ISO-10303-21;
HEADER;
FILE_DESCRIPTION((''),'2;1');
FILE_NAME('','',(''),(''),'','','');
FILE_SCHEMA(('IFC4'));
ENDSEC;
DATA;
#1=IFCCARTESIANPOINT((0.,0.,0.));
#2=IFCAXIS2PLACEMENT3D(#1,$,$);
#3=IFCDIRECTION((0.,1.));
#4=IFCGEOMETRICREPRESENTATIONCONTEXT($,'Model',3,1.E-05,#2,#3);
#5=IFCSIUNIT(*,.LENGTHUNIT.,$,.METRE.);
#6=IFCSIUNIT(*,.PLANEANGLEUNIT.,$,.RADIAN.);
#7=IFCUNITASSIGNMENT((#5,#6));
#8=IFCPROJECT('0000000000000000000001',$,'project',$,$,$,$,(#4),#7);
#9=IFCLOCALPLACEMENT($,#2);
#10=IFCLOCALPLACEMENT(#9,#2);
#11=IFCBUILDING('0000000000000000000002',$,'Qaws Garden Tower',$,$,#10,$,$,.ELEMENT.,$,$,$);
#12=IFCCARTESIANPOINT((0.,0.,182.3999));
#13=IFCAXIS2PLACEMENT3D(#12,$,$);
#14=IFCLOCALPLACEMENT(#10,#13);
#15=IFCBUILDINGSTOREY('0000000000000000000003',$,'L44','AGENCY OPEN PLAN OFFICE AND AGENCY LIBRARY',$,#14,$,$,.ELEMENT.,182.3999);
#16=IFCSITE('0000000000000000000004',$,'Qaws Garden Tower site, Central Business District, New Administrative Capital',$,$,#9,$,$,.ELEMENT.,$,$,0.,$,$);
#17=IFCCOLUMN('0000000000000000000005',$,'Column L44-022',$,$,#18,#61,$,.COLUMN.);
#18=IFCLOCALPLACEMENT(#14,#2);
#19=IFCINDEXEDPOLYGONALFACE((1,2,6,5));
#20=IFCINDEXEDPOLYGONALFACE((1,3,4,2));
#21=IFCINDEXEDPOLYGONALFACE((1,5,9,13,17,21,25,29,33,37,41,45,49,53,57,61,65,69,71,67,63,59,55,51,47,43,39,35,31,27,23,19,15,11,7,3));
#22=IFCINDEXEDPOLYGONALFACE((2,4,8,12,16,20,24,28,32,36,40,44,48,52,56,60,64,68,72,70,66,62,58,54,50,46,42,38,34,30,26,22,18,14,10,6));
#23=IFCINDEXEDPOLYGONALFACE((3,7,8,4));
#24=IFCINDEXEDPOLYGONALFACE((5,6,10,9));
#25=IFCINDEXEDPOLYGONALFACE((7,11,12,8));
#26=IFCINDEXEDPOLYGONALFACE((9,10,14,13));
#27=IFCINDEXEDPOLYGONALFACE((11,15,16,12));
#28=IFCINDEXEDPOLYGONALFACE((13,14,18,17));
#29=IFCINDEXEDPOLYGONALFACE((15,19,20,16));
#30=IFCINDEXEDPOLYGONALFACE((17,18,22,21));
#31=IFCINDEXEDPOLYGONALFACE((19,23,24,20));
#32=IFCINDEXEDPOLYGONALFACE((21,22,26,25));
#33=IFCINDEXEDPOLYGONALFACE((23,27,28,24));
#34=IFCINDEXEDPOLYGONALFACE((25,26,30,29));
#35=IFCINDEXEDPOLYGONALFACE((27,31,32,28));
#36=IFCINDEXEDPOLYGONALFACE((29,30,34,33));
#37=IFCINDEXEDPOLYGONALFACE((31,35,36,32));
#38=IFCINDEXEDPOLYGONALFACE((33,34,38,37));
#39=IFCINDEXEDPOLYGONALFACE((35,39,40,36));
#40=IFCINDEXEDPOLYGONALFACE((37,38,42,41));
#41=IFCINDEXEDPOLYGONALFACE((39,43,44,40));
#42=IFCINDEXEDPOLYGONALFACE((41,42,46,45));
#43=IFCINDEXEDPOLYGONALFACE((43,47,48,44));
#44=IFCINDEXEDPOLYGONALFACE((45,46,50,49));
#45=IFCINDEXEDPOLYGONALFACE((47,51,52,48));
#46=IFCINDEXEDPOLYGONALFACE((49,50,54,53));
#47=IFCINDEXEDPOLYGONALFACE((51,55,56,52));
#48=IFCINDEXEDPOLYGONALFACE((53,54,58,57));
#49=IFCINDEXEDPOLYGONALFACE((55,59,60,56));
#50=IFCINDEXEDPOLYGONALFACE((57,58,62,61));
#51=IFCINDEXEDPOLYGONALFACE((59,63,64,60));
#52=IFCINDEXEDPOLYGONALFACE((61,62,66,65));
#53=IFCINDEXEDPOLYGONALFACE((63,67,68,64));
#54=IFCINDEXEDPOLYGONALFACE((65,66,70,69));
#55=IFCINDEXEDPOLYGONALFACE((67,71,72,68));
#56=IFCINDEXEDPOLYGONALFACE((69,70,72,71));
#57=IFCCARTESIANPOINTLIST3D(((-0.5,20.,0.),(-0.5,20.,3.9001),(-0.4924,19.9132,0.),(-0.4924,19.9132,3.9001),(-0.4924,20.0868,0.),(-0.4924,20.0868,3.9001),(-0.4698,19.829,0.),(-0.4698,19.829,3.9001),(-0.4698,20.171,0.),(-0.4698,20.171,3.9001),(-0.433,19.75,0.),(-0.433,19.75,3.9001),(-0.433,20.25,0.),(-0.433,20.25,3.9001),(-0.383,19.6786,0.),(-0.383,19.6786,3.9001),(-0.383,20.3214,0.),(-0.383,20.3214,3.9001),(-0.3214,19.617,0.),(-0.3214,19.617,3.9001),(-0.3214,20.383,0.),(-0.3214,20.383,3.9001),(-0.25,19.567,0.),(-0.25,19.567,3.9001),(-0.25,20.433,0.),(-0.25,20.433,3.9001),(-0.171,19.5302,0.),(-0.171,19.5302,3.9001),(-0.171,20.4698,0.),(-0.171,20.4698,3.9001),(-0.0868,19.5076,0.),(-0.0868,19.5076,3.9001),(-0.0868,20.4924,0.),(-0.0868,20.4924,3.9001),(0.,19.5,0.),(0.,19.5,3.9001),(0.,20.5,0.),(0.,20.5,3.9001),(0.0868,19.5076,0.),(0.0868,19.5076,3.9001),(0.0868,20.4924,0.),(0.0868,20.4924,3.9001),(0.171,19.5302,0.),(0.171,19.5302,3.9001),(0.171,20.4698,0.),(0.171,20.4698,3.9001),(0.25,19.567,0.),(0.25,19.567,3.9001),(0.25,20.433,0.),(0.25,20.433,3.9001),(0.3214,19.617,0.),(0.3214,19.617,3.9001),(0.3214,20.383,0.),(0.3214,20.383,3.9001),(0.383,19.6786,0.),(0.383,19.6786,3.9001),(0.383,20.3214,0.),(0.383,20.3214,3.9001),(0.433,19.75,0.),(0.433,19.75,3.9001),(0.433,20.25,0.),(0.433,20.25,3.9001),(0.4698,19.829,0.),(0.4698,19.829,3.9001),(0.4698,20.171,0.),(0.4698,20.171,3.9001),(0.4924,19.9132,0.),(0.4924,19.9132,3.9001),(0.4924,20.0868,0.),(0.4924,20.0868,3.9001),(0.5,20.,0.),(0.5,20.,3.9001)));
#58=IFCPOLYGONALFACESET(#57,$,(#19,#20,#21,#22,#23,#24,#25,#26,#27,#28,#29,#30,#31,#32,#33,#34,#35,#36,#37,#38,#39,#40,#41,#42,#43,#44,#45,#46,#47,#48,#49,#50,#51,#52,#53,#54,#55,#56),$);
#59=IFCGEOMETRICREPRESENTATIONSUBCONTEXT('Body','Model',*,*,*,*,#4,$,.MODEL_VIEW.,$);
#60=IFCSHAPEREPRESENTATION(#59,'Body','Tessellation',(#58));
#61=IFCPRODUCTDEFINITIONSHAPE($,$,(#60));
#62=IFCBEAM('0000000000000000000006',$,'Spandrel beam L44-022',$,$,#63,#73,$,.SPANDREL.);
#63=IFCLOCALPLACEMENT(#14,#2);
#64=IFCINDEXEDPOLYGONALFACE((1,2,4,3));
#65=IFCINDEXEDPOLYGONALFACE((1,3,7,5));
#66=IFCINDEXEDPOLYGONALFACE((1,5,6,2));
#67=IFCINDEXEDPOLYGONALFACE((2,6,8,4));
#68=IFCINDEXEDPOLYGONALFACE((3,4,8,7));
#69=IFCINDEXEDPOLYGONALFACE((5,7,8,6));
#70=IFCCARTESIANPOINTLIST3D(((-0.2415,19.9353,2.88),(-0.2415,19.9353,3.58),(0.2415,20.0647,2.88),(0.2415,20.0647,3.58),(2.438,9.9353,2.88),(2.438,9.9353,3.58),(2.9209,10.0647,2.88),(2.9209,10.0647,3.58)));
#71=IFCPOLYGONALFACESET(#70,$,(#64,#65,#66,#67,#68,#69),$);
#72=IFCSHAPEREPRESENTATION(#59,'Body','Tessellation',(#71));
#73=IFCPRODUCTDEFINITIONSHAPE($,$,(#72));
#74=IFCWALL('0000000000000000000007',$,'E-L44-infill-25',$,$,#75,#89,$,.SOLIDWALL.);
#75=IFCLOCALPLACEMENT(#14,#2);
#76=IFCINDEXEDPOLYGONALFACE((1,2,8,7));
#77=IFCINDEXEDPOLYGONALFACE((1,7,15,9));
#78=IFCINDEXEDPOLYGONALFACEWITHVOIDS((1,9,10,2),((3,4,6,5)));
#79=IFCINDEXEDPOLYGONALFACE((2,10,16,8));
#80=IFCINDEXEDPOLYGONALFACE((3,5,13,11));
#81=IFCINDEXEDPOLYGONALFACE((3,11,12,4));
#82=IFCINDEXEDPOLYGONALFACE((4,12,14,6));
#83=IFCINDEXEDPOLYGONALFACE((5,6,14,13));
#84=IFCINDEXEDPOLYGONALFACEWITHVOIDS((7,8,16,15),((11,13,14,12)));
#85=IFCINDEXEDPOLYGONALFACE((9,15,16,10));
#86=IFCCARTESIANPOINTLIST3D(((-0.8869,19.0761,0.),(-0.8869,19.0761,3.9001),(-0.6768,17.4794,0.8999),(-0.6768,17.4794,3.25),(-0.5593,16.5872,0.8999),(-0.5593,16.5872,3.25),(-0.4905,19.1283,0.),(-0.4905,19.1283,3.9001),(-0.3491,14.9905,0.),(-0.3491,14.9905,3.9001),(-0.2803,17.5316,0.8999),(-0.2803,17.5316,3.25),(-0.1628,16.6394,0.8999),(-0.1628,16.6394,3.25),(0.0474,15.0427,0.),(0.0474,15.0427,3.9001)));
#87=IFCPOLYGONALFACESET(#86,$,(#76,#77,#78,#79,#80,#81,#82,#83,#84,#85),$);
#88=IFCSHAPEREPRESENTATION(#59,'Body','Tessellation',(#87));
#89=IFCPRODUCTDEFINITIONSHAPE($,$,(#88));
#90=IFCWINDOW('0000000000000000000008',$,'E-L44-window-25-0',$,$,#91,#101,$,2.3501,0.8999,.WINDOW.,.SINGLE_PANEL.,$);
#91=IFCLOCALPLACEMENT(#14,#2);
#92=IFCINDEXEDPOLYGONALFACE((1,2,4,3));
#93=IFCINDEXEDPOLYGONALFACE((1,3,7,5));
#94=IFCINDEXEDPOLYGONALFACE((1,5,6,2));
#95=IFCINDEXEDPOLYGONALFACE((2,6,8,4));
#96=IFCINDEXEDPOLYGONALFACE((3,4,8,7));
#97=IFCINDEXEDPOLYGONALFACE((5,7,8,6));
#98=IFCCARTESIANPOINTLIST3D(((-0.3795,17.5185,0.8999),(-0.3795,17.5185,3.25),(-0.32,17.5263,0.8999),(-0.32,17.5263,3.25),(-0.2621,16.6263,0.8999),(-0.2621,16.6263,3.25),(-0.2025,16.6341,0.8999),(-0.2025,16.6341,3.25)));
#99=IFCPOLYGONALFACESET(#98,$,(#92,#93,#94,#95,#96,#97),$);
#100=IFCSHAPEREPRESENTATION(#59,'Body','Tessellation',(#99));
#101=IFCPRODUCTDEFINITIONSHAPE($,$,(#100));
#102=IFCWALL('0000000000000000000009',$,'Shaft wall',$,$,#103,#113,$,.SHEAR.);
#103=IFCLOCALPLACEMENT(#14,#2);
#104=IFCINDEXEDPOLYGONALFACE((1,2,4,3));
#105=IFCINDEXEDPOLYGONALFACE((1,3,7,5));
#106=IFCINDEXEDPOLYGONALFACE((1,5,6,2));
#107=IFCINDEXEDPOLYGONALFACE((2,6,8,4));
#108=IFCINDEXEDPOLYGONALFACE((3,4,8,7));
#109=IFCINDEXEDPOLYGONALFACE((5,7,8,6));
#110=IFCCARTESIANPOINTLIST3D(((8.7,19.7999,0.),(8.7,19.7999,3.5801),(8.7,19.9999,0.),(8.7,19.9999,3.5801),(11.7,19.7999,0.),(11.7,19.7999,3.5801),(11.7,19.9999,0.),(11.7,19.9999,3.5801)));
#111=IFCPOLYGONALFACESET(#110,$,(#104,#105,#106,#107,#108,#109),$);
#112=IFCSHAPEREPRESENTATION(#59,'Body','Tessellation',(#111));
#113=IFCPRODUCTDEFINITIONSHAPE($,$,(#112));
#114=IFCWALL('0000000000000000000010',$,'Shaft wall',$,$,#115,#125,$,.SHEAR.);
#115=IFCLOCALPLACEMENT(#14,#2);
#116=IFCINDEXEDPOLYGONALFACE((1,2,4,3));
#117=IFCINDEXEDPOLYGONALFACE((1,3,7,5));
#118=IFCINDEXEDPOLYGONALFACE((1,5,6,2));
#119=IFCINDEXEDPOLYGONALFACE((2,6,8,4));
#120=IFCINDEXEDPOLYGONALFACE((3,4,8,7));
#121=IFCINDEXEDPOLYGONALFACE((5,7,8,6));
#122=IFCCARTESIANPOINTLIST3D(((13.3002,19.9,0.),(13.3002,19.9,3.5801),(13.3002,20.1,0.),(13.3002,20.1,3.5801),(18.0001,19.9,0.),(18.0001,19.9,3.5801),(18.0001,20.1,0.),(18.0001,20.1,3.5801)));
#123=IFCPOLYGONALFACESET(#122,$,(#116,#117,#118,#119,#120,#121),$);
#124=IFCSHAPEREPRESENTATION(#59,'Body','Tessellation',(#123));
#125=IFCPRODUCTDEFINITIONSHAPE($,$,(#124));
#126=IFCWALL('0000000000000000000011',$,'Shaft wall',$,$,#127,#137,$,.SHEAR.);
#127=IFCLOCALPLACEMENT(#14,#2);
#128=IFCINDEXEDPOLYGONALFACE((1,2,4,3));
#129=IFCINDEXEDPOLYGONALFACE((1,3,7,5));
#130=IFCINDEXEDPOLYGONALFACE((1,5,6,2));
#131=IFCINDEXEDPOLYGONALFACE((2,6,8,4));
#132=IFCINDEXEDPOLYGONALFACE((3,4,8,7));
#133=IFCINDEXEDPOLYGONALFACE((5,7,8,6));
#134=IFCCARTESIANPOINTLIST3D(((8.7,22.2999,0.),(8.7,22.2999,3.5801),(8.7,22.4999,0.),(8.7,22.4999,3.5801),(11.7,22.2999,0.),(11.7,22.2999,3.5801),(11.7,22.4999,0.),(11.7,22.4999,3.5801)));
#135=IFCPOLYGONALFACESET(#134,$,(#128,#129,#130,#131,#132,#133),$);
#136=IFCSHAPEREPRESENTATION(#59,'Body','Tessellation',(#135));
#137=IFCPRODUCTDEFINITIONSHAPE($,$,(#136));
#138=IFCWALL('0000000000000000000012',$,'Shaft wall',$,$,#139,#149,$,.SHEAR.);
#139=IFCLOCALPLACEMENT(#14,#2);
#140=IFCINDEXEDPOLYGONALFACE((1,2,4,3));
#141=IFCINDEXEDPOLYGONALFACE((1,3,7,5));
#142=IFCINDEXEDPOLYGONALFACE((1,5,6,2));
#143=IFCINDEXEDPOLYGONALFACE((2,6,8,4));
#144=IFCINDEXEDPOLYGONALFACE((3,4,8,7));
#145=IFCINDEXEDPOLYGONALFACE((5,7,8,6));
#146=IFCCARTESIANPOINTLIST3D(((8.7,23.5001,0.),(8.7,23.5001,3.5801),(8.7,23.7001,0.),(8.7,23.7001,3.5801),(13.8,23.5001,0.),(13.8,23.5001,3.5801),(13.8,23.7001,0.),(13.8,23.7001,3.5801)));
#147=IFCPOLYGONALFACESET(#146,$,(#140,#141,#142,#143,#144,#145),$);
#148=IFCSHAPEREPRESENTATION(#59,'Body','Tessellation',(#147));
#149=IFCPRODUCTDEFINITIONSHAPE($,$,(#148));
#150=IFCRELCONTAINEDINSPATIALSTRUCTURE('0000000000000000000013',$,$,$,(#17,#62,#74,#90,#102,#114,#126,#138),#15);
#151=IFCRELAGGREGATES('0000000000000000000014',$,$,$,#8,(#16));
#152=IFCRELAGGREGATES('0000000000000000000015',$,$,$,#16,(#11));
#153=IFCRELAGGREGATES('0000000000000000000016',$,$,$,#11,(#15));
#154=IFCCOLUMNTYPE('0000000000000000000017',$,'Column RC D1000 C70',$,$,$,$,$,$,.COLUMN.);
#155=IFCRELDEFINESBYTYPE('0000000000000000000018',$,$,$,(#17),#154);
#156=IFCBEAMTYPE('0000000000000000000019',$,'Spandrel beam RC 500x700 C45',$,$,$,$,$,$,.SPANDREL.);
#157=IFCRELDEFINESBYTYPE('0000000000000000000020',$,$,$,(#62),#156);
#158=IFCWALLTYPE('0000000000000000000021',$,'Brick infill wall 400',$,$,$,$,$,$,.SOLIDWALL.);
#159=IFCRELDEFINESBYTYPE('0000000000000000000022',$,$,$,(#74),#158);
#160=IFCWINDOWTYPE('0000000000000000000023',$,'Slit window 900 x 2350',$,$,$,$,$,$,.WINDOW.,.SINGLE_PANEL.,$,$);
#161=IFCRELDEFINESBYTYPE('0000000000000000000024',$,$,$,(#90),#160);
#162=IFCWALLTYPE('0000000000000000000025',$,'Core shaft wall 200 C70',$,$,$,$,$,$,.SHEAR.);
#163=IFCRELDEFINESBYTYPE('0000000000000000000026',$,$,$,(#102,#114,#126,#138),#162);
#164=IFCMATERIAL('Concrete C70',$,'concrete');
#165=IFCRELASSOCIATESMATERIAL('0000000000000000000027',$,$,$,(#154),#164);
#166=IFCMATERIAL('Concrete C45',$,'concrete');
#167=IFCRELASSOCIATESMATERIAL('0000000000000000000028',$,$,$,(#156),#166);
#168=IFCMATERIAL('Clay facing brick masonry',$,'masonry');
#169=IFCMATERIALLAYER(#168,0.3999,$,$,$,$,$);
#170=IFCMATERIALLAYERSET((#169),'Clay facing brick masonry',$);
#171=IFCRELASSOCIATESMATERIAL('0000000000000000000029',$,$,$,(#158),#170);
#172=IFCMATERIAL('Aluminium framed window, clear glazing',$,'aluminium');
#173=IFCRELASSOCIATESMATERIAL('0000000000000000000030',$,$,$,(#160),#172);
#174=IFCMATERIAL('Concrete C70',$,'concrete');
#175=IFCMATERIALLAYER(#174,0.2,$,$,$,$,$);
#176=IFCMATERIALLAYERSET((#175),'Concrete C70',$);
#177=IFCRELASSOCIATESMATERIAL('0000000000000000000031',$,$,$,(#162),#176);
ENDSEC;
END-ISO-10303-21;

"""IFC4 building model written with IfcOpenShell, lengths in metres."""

from ifc_helpers import new_model, si_unit, direction, frame, frame_2d, origin, origin_2d, place, context, subcontext, project, spatial, rectangle, circle, extrude, material, layer, layer_set, material_profile, profile_set, type_object, element, fill, save


model = new_model("IFC4")

# Units and contexts
model_context = context("Model", 3, precision=1e-05, world=origin(), true_north=direction((0.0, 1.0)))
body_context = subcontext(model_context, "Body", "Model", "MODEL_VIEW")
ifc_project = project(units=[si_unit("LENGTHUNIT", "METRE"), si_unit("PLANEANGLEUNIT", "RADIAN")], contexts=[model_context])

# Site, building, storey
site_placement = place(None, origin())
site = spatial("IfcSite", under=ifc_project, at=site_placement, Name="Qaws Garden Tower site, Central Business District, New Administrative Capital", CompositionType="ELEMENT", RefElevation=0.0)
building_placement = place(site_placement, origin())
building = spatial("IfcBuilding", under=site, at=building_placement, Name="Qaws Garden Tower", CompositionType="ELEMENT")
storey_placement = place(building_placement, frame((0.0, 0.0, 182.3999)))
storey = spatial("IfcBuildingStorey", under=building, at=storey_placement, Name="L44", Description="AGENCY OPEN PLAN OFFICE AND AGENCY LIBRARY", CompositionType="ELEMENT", Elevation=182.3999)

# Column
ifc_material_1 = material(Name="Concrete C70", Category="concrete")
ifc_material_profile_1 = material_profile(ifc_material_1, circle(Radius=0.5, at=origin_2d()), Name="RC D1000")
ifc_profile_set_1 = profile_set([ifc_material_profile_1], Name="Concrete C70")
column_type = type_object("IfcColumnType", Name="Column RC D1000 C70", PredefinedType="COLUMN", material=ifc_profile_set_1)
column_placement = place(storey_placement, frame((0.0, 20.0, 0.0), z_axis=(0.0, 0.0, 1.0), x_axis=(1.0, 0.0, 0.0)))
element("IfcColumn", 1, at=column_placement, inside=storey, type_object=column_type, Name="Column L44-022", PredefinedType="COLUMN", context=body_context, shape_type="SweptSolid", body=[
    extrude(circle(Radius=0.5, at=origin_2d()), origin(), (0.0, 0.0, 1.0), 3.9001),
])

# Beam
ifc_material_2 = material(Name="Concrete C45", Category="concrete")
ifc_material_profile_2 = material_profile(ifc_material_2, rectangle(XDim=0.5, YDim=0.7, at=origin_2d()), Name="RC 500x700")
ifc_profile_set_2 = profile_set([ifc_material_profile_2], Name="Concrete C45")
beam_type = type_object("IfcBeamType", Name="Spandrel beam RC 500x700 C45", PredefinedType="SPANDREL", material=ifc_profile_set_2)
beam_placement = place(storey_placement, frame((0.0, 20.0, 3.23), z_axis=(0.258815, -0.965927, 0.0), x_axis=(0.965927, 0.258815, 0.0)))
element("IfcBeam", 2, at=beam_placement, inside=storey, type_object=beam_type, Name="Spandrel beam L44-022", PredefinedType="SPANDREL", context=body_context, shape_type="SweptSolid", body=[
    extrude(rectangle(XDim=0.5, YDim=0.7, at=origin_2d()), origin(), (0.0, 0.0, 1.0), 10.3528),
])

# Wall, opening, window
ifc_material_3 = material(Name="Clay facing brick masonry", Category="masonry")
ifc_layer_1 = layer(ifc_material_3, 0.3999)
ifc_layer_set_1 = layer_set([ifc_layer_1], Name="Clay facing brick masonry")
wall_type_1 = type_object("IfcWallType", Name="Brick infill wall 400", PredefinedType="SOLIDWALL", material=ifc_layer_set_1)
wall_1_placement = place(storey_placement, frame((-0.6887, 19.1023, 0.0), z_axis=(0.0, 0.0, 1.0), x_axis=(0.130514, -0.991446, 0.0)))
wall_1 = element("IfcWall", 3, at=wall_1_placement, inside=storey, type_object=wall_type_1, Name="E-L44-infill-25", PredefinedType="SOLIDWALL", context=body_context, shape_type="SweptSolid", body=[
    extrude(rectangle(XDim=4.1208, YDim=0.3999, at=frame_2d((2.0605, 0.0))), origin(), (0.0, 0.0, 1.0), 3.9001),
])
opening_1_placement = place(wall_1_placement, frame((1.6106, 0.0, 0.8999)))
opening_1 = element("IfcOpeningElement", 4, at=opening_1_placement, cuts=wall_1, PredefinedType="OPENING", context=body_context, shape_type="SweptSolid", body=[
    extrude(rectangle(XDim=0.8999, YDim=2.3501, at=frame_2d((0.45, 1.175))), frame((0.0, 0.21, 0.0), z_axis=(0.0, -1.0, 0.0), x_axis=(1.0, 0.0, 0.0)), (0.0, 0.0, 1.0), 0.4199),
])
ifc_material_4 = material(Name="Aluminium framed window, clear glazing", Category="aluminium")
window_type = type_object("IfcWindowType", Name="Slit window 900 x 2350", PartitioningType="SINGLE_PANEL", PredefinedType="WINDOW", material=ifc_material_4)
window_placement = place(opening_1_placement, origin())
window = element("IfcWindow", 5, at=window_placement, inside=storey, type_object=window_type, Name="E-L44-window-25-0", OverallHeight=2.3501, OverallWidth=0.8999, PartitioningType="SINGLE_PANEL", PredefinedType="WINDOW", context=body_context, shape_type="SweptSolid", body=[
    extrude(rectangle(XDim=0.8999, YDim=2.3501, at=frame_2d((0.45, 1.175))), frame((0.0, 0.1599, 0.0), z_axis=(0.0, -1.0, 0.0), x_axis=(1.0, 0.0, 0.0)), (0.0, 0.0, 1.0), 0.0601),
])
fill(opening_1, window)

# Walls
ifc_material_5 = material(Name="Concrete C70", Category="concrete")
ifc_layer_2 = layer(ifc_material_5, 0.2)
ifc_layer_set_2 = layer_set([ifc_layer_2], Name="Concrete C70")
wall_type_2 = type_object("IfcWallType", Name="Core shaft wall 200 C70", PredefinedType="SHEAR", material=ifc_layer_set_2)
wall_2_placement = place(storey_placement, frame((8.7, 19.8999, 0.0), z_axis=(0.0, 0.0, 1.0), x_axis=(1.0, 0.0, 0.0)))
element("IfcWall", 6, at=wall_2_placement, inside=storey, type_object=wall_type_2, Name="Shaft wall", PredefinedType="SHEAR", context=body_context, shape_type="SweptSolid", body=[
    extrude(rectangle(XDim=3.0, YDim=0.2, at=frame_2d((1.5, 0.0))), origin(), (0.0, 0.0, 1.0), 3.5801),
])
wall_3_placement = place(storey_placement, frame((13.3, 20.0, 0.0), z_axis=(0.0, 0.0, 1.0), x_axis=(1.0, 0.0, 0.0)))
element("IfcWall", 7, at=wall_3_placement, inside=storey, type_object=wall_type_2, Name="Shaft wall", PredefinedType="SHEAR", context=body_context, shape_type="SweptSolid", body=[
    extrude(rectangle(XDim=4.7, YDim=0.2, at=frame_2d((2.3501, 0.0))), origin(), (0.0, 0.0, 1.0), 3.5801),
])
wall_4_placement = place(storey_placement, frame((8.7, 22.3999, 0.0), z_axis=(0.0, 0.0, 1.0), x_axis=(1.0, 0.0, 0.0)))
element("IfcWall", 8, at=wall_4_placement, inside=storey, type_object=wall_type_2, Name="Shaft wall", PredefinedType="SHEAR", context=body_context, shape_type="SweptSolid", body=[
    extrude(rectangle(XDim=3.0, YDim=0.2, at=frame_2d((1.5, 0.0))), origin(), (0.0, 0.0, 1.0), 3.5801),
])
wall_5_placement = place(storey_placement, frame((8.7, 23.6001, 0.0), z_axis=(0.0, 0.0, 1.0), x_axis=(1.0, 0.0, 0.0)))
element("IfcWall", 9, at=wall_5_placement, inside=storey, type_object=wall_type_2, Name="Shaft wall", PredefinedType="SHEAR", context=body_context, shape_type="SweptSolid", body=[
    extrude(rectangle(XDim=5.1001, YDim=0.2, at=frame_2d((2.55, 0.0))), origin(), (0.0, 0.0, 1.0), 3.5801),
])

save(model, "model.ifc")
